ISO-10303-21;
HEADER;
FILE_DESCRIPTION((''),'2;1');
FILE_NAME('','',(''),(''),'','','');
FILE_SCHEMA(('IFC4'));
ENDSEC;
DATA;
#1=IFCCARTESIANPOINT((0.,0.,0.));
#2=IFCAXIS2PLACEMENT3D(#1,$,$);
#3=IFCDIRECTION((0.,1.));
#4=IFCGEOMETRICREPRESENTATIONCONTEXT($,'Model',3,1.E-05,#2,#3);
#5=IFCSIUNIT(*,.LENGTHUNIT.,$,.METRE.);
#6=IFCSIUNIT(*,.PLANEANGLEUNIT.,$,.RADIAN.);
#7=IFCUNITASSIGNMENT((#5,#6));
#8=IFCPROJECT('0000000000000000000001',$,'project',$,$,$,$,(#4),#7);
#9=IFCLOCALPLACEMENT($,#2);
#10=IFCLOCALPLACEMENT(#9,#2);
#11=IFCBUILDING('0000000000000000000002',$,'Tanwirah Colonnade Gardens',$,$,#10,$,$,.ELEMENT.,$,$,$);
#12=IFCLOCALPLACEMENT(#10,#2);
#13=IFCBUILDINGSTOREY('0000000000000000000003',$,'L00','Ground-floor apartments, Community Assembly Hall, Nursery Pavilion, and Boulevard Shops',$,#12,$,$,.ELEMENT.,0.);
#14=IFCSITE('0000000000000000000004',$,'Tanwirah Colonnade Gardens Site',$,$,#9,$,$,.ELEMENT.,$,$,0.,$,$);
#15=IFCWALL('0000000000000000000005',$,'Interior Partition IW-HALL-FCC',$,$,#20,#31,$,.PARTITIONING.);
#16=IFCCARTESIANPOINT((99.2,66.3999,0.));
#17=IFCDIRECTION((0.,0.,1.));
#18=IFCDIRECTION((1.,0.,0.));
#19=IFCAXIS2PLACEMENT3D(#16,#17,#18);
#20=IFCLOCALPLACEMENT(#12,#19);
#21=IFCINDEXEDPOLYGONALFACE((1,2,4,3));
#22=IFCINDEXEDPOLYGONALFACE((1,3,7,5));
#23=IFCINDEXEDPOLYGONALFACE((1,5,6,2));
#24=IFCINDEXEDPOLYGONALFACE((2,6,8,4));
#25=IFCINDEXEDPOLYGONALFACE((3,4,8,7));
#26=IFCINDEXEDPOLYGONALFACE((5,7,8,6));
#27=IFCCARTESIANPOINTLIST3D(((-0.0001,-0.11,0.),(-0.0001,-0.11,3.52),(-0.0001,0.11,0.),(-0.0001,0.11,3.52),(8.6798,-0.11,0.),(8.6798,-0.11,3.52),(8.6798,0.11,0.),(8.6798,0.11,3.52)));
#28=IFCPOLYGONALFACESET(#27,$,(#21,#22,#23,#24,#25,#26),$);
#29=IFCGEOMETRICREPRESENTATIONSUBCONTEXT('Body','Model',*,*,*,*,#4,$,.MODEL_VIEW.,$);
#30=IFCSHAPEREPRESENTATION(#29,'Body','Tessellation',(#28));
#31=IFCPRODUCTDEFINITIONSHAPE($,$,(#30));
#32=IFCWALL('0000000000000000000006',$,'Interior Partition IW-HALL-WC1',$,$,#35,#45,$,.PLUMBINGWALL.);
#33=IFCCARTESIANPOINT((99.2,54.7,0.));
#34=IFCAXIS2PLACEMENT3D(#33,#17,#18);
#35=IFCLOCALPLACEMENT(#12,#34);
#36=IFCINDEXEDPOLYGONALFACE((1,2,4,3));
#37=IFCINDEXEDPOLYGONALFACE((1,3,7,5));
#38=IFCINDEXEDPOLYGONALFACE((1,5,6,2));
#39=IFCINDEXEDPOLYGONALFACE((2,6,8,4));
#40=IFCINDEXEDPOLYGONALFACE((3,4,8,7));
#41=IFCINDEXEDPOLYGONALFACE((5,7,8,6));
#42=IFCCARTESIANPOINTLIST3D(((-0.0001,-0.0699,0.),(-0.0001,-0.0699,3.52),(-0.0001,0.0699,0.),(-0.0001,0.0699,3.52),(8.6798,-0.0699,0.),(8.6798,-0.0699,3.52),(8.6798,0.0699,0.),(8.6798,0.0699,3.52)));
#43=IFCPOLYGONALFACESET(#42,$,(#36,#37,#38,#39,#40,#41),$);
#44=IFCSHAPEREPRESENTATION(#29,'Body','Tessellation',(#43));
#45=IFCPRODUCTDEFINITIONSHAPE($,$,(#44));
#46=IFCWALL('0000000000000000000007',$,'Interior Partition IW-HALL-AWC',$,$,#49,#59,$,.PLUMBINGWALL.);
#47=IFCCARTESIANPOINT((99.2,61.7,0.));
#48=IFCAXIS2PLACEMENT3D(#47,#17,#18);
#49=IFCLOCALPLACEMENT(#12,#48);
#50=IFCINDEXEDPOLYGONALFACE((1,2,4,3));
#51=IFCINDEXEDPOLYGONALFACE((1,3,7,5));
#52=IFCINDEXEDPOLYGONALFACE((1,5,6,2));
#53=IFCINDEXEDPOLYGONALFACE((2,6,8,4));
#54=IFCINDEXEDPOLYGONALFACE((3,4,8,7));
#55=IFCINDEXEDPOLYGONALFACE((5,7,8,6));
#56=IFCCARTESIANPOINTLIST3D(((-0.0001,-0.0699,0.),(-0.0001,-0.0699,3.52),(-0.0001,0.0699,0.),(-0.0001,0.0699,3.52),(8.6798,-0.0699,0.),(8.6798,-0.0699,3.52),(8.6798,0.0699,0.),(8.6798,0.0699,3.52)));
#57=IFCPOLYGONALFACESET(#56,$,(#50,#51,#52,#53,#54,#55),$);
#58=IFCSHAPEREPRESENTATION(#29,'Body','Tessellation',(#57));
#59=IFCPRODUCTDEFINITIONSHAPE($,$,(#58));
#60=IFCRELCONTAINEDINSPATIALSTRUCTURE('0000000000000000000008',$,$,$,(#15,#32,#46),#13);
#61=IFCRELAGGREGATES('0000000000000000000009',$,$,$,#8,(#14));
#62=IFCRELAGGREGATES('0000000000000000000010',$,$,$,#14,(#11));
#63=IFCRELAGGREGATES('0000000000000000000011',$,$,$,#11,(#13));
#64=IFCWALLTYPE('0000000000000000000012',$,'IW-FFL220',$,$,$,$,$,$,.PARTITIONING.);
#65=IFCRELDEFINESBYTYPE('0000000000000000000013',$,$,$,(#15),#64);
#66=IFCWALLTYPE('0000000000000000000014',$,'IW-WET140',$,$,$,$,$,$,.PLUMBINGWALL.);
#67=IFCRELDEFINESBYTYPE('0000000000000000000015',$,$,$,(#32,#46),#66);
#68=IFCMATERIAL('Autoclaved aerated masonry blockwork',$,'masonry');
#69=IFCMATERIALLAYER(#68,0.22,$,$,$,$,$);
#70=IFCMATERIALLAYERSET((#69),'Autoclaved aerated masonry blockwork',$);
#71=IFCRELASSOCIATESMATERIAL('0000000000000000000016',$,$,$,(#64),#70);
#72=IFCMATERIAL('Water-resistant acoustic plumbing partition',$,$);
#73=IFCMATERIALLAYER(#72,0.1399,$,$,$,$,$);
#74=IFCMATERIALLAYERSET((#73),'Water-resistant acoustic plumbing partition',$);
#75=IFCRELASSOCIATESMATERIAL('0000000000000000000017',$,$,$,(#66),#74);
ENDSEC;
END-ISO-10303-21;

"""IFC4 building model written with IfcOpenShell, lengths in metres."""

from ifc_helpers import new_model, si_unit, direction, frame, frame_2d, origin, place, context, subcontext, project, spatial, rectangle, extrude, material, layer, layer_set, type_object, element, save


model = new_model("IFC4")

# Units and contexts
model_context = context("Model", 3, precision=1e-05, world=origin(), true_north=direction((0.0, 1.0)))
body_context = subcontext(model_context, "Body", "Model", "MODEL_VIEW")
ifc_project = project(units=[si_unit("LENGTHUNIT", "METRE"), si_unit("PLANEANGLEUNIT", "RADIAN")], contexts=[model_context])

# Site, building, storey
site_placement = place(None, origin())
site = spatial("IfcSite", under=ifc_project, at=site_placement, Name="Tanwirah Colonnade Gardens Site", CompositionType="ELEMENT", RefElevation=0.0)
building_placement = place(site_placement, origin())
building = spatial("IfcBuilding", under=site, at=building_placement, Name="Tanwirah Colonnade Gardens", CompositionType="ELEMENT")
storey_placement = place(building_placement, origin())
storey = spatial("IfcBuildingStorey", under=building, at=storey_placement, Name="L00", Description="Ground-floor apartments, Community Assembly Hall, Nursery Pavilion, and Boulevard Shops", CompositionType="ELEMENT", Elevation=0.0)

# Shared definitions
ifc_material_1 = material(Name="Autoclaved aerated masonry blockwork", Category="masonry")
ifc_layer_1 = layer(ifc_material_1, 0.22)
ifc_layer_set_1 = layer_set([ifc_layer_1], Name="Autoclaved aerated masonry blockwork")
wall_type_1 = type_object("IfcWallType", Name="IW-FFL220", PredefinedType="PARTITIONING", material=ifc_layer_set_1)

# Walls
wall_1_placement = place(storey_placement, frame((99.2, 66.3999, 0.0), z_axis=(0.0, 0.0, 1.0), x_axis=(1.0, 0.0, 0.0)))
element("IfcWall", 1, at=wall_1_placement, inside=storey, type_object=wall_type_1, Name="Interior Partition IW-HALL-FCC", PredefinedType="PARTITIONING", context=body_context, shape_type="SweptSolid", body=[
    extrude(rectangle(XDim=8.6799, YDim=0.22, at=frame_2d((4.3398, 0.0))), origin(), (0.0, 0.0, 1.0), 3.52),
])
ifc_material_2 = material(Name="Water-resistant acoustic plumbing partition")
ifc_layer_2 = layer(ifc_material_2, 0.1399)
ifc_layer_set_2 = layer_set([ifc_layer_2], Name="Water-resistant acoustic plumbing partition")
wall_type_2 = type_object("IfcWallType", Name="IW-WET140", PredefinedType="PLUMBINGWALL", material=ifc_layer_set_2)
for number, where, z_axis, x_axis, name in (
    (2, (99.2, 54.7, 0.0), (0.0, 0.0, 1.0), (1.0, 0.0, 0.0), "Interior Partition IW-HALL-WC1"),
    (3, (99.2, 61.7, 0.0), (0.0, 0.0, 1.0), (1.0, 0.0, 0.0), "Interior Partition IW-HALL-AWC"),
):
    element("IfcWall", number, at=place(storey_placement, frame(where, z_axis=z_axis, x_axis=x_axis)), inside=storey, type_object=wall_type_2, Name=name, PredefinedType="PLUMBINGWALL", context=body_context, shape_type="SweptSolid", body=[
        extrude(rectangle(XDim=8.6799, YDim=0.1399, at=frame_2d((4.3398, 0.0))), origin(), (0.0, 0.0, 1.0), 3.52),
    ])

save(model, "model.ifc")
